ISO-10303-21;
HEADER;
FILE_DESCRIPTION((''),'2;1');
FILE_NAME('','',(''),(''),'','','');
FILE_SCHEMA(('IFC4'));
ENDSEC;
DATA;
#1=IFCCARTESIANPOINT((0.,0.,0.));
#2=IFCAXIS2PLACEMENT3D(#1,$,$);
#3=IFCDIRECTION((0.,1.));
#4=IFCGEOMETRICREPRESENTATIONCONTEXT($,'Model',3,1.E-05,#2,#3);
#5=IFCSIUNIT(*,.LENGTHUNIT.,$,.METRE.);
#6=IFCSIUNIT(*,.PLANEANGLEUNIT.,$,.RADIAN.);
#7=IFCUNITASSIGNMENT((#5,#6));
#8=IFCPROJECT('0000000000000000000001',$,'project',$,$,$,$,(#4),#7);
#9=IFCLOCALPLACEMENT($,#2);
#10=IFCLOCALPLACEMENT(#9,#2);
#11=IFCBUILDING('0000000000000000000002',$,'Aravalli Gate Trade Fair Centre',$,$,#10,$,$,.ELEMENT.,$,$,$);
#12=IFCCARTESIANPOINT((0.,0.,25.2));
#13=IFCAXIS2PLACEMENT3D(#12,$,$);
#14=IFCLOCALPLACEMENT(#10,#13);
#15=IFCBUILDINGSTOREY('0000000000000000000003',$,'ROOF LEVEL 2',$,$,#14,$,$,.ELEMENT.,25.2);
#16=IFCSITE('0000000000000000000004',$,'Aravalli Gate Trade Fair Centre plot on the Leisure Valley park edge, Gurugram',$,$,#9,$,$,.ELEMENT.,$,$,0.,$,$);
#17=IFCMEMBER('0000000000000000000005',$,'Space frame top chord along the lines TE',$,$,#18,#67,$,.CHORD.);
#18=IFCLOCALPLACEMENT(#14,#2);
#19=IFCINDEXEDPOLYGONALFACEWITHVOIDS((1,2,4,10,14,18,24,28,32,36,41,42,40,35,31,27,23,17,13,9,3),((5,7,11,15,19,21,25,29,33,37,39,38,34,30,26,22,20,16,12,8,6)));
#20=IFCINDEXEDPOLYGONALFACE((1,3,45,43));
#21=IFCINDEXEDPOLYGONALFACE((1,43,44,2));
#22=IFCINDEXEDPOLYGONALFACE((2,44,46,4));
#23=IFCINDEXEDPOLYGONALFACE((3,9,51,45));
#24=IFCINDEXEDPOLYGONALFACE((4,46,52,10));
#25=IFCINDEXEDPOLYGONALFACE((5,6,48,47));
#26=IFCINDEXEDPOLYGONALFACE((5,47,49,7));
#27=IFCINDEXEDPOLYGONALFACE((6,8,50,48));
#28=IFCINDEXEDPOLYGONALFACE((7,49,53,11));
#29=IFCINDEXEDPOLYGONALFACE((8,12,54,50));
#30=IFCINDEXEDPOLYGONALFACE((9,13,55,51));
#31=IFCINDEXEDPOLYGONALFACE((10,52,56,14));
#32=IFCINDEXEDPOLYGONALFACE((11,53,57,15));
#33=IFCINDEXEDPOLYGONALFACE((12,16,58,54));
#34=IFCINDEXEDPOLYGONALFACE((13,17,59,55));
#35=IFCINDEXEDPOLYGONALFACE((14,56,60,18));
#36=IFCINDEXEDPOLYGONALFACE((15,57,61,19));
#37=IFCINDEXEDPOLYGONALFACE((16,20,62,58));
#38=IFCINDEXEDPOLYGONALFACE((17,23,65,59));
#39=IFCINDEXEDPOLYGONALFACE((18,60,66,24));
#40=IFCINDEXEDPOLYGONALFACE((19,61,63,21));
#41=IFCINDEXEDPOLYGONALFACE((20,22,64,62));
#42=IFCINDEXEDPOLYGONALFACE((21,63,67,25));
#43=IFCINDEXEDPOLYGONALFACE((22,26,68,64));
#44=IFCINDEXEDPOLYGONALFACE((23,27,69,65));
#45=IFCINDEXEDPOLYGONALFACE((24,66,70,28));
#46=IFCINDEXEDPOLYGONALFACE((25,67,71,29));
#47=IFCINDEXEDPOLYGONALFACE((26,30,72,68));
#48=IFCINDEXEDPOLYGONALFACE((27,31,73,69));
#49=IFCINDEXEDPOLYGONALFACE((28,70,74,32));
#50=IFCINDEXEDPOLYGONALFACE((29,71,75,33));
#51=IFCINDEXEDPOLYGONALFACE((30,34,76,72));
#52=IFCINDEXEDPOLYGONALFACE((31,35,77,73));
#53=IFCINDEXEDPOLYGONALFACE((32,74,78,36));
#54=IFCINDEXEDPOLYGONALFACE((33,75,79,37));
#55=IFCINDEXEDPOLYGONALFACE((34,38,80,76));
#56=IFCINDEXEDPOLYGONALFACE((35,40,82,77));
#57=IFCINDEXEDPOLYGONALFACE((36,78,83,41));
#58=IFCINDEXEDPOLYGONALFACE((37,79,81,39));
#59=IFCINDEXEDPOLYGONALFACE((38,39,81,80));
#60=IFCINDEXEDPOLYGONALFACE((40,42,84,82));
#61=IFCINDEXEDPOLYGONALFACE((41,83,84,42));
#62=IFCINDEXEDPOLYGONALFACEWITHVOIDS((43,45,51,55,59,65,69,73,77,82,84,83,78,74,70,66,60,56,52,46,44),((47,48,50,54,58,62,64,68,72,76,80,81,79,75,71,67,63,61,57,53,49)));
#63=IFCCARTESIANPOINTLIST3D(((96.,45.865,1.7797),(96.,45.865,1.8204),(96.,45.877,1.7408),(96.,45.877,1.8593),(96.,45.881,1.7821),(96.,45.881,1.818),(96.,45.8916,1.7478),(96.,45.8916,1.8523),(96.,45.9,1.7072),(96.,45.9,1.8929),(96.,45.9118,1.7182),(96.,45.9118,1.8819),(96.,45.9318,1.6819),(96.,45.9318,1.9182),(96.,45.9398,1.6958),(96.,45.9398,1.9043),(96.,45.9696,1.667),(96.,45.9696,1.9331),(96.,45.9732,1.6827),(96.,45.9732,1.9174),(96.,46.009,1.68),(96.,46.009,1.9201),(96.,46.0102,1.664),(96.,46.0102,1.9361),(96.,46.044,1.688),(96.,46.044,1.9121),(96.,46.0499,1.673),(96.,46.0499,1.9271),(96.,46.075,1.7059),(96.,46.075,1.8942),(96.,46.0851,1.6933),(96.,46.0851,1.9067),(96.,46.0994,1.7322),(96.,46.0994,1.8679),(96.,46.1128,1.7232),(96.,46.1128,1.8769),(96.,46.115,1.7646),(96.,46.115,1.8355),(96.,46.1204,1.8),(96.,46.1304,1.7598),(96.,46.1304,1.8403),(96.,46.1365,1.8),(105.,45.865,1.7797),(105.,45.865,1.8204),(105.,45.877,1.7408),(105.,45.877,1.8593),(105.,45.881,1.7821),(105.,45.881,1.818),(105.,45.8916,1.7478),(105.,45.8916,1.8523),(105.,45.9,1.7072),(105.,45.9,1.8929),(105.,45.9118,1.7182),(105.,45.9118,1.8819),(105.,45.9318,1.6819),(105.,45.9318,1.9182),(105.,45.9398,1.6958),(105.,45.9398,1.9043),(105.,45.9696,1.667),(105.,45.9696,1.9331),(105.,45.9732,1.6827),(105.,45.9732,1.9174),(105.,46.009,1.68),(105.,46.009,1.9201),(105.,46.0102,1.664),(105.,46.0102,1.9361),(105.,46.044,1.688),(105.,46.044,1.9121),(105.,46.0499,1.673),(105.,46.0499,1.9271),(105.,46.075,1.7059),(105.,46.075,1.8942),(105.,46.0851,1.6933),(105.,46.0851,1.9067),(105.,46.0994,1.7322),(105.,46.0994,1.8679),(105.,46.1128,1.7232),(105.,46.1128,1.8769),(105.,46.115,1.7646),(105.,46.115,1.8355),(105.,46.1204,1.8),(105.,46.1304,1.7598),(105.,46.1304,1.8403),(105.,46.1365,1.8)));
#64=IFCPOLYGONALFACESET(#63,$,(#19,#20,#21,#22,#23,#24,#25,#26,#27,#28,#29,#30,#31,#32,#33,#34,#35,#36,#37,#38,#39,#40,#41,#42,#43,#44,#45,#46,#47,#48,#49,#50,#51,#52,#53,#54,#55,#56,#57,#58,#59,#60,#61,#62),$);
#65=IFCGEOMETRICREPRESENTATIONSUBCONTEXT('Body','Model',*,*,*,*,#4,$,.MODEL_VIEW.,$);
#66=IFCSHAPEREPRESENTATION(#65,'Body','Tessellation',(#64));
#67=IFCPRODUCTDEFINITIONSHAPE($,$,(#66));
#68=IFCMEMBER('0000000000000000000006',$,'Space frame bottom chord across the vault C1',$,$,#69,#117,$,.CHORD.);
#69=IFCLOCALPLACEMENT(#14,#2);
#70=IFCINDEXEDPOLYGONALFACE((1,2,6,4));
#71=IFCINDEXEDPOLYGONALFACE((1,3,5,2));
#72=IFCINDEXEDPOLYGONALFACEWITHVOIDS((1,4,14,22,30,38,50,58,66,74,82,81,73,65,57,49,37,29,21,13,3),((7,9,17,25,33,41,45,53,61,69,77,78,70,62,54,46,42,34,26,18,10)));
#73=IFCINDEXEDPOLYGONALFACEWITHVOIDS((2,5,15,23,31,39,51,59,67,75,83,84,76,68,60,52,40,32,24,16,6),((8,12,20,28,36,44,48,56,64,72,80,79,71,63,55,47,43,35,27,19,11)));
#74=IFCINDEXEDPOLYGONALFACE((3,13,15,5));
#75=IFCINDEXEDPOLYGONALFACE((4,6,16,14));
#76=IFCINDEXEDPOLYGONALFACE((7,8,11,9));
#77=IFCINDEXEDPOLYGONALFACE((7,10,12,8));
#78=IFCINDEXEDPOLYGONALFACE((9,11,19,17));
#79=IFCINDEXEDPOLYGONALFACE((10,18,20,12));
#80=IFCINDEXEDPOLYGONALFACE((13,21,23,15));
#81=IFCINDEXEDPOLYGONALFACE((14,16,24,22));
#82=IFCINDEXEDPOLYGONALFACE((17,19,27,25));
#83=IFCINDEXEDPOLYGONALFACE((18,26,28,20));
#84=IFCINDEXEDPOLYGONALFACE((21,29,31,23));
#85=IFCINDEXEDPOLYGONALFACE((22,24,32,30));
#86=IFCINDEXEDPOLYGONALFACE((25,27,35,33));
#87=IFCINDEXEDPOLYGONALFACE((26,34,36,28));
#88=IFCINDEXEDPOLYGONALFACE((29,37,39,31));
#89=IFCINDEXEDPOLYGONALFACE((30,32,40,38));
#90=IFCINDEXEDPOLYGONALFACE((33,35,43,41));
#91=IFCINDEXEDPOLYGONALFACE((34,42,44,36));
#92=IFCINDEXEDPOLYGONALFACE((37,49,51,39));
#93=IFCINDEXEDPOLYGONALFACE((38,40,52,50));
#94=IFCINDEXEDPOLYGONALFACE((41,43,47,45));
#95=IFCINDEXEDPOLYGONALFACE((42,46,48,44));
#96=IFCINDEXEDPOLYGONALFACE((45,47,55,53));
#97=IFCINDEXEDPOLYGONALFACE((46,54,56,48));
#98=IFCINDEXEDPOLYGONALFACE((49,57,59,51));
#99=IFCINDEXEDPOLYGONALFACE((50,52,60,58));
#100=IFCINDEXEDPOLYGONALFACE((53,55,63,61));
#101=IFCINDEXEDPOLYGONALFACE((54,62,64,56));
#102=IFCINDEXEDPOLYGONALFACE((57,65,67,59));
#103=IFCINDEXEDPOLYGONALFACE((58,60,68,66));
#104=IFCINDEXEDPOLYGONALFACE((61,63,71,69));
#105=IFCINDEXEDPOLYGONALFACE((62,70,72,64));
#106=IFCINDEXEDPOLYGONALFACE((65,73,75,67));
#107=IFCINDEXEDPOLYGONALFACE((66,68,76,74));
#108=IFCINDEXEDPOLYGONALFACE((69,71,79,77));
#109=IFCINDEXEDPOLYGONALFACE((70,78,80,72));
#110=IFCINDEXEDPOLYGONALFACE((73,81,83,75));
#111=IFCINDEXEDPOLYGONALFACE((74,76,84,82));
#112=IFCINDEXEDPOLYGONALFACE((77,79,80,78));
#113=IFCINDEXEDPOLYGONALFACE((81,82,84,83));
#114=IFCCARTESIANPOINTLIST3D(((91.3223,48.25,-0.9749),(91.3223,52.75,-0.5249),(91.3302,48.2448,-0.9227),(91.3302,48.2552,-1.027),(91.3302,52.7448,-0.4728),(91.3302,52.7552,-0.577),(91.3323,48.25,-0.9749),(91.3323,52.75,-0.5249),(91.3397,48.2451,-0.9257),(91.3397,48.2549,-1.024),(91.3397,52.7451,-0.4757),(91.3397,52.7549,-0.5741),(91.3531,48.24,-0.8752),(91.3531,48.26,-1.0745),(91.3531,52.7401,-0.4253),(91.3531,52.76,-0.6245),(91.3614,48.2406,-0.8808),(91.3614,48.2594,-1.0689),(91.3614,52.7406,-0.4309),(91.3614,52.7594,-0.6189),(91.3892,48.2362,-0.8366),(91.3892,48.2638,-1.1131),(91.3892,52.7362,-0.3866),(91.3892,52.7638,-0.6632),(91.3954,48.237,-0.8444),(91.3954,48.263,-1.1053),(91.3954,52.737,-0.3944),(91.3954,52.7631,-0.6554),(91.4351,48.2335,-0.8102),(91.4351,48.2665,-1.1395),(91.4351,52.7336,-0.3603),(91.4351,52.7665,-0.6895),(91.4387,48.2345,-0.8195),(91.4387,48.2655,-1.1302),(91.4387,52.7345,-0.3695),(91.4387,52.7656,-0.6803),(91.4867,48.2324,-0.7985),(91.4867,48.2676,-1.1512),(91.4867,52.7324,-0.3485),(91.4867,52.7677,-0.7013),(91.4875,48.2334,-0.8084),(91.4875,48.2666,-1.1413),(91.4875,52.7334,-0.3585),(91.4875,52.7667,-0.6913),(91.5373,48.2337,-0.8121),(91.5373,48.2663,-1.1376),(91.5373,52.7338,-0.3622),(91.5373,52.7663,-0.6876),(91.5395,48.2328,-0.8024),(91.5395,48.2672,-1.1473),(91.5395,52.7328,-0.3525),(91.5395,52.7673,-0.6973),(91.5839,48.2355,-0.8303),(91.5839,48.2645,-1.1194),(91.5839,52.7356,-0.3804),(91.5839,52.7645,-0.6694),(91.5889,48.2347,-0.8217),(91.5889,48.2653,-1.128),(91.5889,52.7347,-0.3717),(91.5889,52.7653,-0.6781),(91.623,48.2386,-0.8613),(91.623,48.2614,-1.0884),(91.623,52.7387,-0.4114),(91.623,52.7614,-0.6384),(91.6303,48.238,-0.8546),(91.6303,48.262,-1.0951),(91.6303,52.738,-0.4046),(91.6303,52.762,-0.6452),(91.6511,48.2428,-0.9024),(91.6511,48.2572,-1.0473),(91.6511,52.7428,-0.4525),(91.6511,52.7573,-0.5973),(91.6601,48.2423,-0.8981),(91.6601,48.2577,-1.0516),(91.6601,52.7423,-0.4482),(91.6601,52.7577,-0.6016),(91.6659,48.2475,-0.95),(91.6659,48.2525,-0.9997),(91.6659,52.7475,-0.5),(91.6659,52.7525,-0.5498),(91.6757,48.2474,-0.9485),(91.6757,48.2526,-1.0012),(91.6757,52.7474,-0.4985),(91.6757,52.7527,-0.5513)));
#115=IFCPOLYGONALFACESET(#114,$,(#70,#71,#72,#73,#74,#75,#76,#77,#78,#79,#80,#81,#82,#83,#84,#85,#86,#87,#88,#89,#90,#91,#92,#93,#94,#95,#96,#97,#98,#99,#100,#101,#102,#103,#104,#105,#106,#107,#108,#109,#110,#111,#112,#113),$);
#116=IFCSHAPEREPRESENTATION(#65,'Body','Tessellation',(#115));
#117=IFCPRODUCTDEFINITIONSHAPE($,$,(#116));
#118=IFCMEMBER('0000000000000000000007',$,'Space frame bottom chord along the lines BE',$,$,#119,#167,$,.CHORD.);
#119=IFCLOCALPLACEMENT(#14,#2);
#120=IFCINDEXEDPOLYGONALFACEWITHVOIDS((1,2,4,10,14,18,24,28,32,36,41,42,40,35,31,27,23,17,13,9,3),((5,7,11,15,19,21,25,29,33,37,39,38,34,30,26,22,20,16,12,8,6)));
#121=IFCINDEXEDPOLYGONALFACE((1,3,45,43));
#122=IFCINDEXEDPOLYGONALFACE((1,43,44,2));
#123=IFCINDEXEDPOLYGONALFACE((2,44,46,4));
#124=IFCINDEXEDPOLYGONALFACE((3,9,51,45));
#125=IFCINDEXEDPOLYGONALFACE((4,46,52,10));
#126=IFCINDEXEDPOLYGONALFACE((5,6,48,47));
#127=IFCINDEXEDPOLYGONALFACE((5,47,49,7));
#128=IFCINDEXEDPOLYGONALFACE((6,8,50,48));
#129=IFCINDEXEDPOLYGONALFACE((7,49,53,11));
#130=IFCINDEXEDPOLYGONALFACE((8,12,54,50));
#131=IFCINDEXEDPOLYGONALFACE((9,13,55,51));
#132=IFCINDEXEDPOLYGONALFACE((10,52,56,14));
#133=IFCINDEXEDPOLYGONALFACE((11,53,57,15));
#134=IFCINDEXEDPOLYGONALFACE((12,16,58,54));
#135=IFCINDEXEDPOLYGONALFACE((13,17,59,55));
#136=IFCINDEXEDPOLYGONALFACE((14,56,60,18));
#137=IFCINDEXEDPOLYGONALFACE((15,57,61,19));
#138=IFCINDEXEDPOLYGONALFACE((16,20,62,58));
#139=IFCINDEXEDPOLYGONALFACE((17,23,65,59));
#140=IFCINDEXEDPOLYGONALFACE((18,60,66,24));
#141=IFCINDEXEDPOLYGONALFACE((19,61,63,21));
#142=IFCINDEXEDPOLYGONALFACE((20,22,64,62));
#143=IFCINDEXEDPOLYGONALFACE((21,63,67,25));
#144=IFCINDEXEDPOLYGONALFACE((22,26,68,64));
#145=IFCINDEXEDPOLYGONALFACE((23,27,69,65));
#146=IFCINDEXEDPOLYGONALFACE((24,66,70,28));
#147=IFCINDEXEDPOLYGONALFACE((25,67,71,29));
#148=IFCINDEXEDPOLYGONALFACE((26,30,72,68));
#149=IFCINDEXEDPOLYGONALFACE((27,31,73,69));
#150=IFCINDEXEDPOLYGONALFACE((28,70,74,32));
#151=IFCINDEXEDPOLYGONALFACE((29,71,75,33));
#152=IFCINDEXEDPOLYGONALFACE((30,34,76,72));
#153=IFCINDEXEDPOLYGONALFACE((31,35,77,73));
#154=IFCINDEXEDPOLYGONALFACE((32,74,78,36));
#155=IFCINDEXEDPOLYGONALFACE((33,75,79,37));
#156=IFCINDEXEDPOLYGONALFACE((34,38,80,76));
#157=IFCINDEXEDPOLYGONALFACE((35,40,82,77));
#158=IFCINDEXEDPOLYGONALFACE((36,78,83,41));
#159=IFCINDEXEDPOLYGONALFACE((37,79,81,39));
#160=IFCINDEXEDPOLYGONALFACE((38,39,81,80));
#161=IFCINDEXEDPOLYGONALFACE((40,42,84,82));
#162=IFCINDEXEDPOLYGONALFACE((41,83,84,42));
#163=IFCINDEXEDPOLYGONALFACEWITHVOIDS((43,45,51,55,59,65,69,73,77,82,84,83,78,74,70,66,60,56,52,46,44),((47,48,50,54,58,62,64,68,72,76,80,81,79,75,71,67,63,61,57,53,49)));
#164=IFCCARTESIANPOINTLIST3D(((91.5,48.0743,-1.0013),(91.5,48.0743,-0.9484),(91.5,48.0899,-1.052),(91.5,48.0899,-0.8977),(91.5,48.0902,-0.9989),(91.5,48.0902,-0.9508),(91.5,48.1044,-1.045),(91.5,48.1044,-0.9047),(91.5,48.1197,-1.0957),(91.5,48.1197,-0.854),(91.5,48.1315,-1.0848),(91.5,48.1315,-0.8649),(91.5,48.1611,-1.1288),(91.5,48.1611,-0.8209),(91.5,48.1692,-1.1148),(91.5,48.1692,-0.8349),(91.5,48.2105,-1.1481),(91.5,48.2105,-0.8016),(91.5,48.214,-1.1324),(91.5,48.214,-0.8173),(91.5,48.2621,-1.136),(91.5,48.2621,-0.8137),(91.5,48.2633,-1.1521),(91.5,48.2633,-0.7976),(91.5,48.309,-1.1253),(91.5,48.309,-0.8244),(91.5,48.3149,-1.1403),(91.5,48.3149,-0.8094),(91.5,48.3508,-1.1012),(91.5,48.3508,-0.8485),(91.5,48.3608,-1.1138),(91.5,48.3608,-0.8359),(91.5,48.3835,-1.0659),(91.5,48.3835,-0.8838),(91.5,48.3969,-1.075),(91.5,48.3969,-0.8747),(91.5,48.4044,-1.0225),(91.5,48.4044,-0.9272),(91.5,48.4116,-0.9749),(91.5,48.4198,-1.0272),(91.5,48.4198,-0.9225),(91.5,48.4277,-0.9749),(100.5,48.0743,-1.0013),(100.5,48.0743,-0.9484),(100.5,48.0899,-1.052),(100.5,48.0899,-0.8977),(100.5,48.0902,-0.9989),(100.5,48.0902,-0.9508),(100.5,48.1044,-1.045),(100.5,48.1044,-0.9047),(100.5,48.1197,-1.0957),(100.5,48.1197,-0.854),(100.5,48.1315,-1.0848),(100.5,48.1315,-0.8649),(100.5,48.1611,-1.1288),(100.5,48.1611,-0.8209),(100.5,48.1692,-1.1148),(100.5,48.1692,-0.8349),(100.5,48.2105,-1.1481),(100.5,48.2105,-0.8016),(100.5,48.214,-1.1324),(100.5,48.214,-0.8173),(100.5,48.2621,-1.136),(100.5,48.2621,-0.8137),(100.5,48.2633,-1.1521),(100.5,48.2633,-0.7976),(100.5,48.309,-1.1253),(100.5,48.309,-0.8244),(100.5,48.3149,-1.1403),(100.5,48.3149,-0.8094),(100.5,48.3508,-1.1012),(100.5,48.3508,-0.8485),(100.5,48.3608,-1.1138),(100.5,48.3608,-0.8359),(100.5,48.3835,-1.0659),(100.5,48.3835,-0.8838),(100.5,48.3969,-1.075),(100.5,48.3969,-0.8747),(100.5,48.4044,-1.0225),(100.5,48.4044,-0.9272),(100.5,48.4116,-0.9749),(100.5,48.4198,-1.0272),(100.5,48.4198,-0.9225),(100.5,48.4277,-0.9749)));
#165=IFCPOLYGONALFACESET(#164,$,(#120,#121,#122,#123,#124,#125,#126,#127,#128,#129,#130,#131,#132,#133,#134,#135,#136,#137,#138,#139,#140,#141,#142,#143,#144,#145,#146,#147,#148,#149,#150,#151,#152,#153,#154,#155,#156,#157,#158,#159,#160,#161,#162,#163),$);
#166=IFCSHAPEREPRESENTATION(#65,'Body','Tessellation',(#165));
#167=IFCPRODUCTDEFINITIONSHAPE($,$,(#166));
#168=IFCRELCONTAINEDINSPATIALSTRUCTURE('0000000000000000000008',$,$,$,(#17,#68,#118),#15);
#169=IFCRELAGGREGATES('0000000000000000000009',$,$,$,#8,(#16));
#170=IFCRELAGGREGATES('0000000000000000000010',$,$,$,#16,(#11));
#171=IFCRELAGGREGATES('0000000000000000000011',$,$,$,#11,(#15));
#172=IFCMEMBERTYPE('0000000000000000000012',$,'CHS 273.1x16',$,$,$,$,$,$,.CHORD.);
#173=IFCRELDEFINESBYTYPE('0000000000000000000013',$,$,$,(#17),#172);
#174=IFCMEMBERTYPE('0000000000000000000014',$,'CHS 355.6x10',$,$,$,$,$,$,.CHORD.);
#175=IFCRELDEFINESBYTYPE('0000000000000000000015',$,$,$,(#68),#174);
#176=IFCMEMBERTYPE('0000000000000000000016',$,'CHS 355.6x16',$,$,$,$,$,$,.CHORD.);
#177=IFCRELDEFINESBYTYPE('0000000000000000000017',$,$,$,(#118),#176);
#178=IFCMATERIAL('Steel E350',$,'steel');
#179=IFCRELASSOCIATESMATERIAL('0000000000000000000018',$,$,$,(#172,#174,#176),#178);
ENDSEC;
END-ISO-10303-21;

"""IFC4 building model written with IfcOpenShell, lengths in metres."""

from ifc_helpers import new_model, si_unit, direction, frame, origin, origin_2d, place, context, subcontext, project, spatial, hollow_circle, extrude, material, material_profile, profile_set, type_object, element, save


model = new_model("IFC4")

# Units and contexts
model_context = context("Model", 3, precision=1e-05, world=origin(), true_north=direction((0.0, 1.0)))
body_context = subcontext(model_context, "Body", "Model", "MODEL_VIEW")
ifc_project = project(units=[si_unit("LENGTHUNIT", "METRE"), si_unit("PLANEANGLEUNIT", "RADIAN")], contexts=[model_context])

# Site, building, storey
site_placement = place(None, origin())
site = spatial("IfcSite", under=ifc_project, at=site_placement, Name="Aravalli Gate Trade Fair Centre plot on the Leisure Valley park edge, Gurugram", CompositionType="ELEMENT", RefElevation=0.0)
building_placement = place(site_placement, origin())
building = spatial("IfcBuilding", under=site, at=building_placement, Name="Aravalli Gate Trade Fair Centre", CompositionType="ELEMENT")
storey_placement = place(building_placement, frame((0.0, 0.0, 25.2)))
storey = spatial("IfcBuildingStorey", under=building, at=storey_placement, Name="ROOF LEVEL 2", CompositionType="ELEMENT", Elevation=25.2)

# Members
ifc_material_1 = material(Name="Steel E350", Category="steel")
ifc_material_profile_1 = material_profile(ifc_material_1, hollow_circle(Radius=0.1365, WallThickness=0.0161, at=origin_2d()), Name="CHS 273.1x16")
ifc_profile_set_1 = profile_set([ifc_material_profile_1], Name="Steel E350")
member_type_1 = type_object("IfcMemberType", Name="CHS 273.1x16", PredefinedType="CHORD", material=ifc_profile_set_1)
member_1_placement = place(storey_placement, frame((96.0, 46.0, 1.8), z_axis=(1.0, 0.0, 0.0), x_axis=(0.0, 1.0, 0.0)))
element("IfcMember", 1, at=member_1_placement, inside=storey, type_object=member_type_1, Name="Space frame top chord along the lines TE", PredefinedType="CHORD", context=body_context, shape_type="SweptSolid", body=[
    extrude(hollow_circle(Radius=0.1365, WallThickness=0.0161, at=origin_2d()), origin(), (0.0, 0.0, 1.0), 9.0),
])
ifc_material_profile_2 = material_profile(ifc_material_1, hollow_circle(Radius=0.1777, WallThickness=0.01, at=origin_2d()), Name="CHS 355.6x10")
ifc_profile_set_2 = profile_set([ifc_material_profile_2], Name="Steel E350")
member_type_2 = type_object("IfcMemberType", Name="CHS 355.6x10", PredefinedType="CHORD", material=ifc_profile_set_2)
member_2_placement = place(storey_placement, frame((91.5, 48.25, -0.9749), z_axis=(0.0, 0.995038, 0.099493), x_axis=(-1.0, 0.0, 0.0)))
element("IfcMember", 2, at=member_2_placement, inside=storey, type_object=member_type_2, Name="Space frame bottom chord across the vault C1", PredefinedType="CHORD", context=body_context, shape_type="SweptSolid", body=[
    extrude(hollow_circle(Radius=0.1777, WallThickness=0.01, at=origin_2d()), origin(), (0.0, 0.0, 1.0), 4.5225),
])
ifc_material_profile_3 = material_profile(ifc_material_1, hollow_circle(Radius=0.1777, WallThickness=0.0161, at=origin_2d()), Name="CHS 355.6x16")
ifc_profile_set_3 = profile_set([ifc_material_profile_3], Name="Steel E350")
member_type_3 = type_object("IfcMemberType", Name="CHS 355.6x16", PredefinedType="CHORD", material=ifc_profile_set_3)
member_3_placement = place(storey_placement, frame((91.5, 48.25, -0.9749), z_axis=(1.0, 0.0, 0.0), x_axis=(0.0, 1.0, 0.0)))
element("IfcMember", 3, at=member_3_placement, inside=storey, type_object=member_type_3, Name="Space frame bottom chord along the lines BE", PredefinedType="CHORD", context=body_context, shape_type="SweptSolid", body=[
    extrude(hollow_circle(Radius=0.1777, WallThickness=0.0161, at=origin_2d()), origin(), (0.0, 0.0, 1.0), 9.0),
])

save(model, "model.ifc")
